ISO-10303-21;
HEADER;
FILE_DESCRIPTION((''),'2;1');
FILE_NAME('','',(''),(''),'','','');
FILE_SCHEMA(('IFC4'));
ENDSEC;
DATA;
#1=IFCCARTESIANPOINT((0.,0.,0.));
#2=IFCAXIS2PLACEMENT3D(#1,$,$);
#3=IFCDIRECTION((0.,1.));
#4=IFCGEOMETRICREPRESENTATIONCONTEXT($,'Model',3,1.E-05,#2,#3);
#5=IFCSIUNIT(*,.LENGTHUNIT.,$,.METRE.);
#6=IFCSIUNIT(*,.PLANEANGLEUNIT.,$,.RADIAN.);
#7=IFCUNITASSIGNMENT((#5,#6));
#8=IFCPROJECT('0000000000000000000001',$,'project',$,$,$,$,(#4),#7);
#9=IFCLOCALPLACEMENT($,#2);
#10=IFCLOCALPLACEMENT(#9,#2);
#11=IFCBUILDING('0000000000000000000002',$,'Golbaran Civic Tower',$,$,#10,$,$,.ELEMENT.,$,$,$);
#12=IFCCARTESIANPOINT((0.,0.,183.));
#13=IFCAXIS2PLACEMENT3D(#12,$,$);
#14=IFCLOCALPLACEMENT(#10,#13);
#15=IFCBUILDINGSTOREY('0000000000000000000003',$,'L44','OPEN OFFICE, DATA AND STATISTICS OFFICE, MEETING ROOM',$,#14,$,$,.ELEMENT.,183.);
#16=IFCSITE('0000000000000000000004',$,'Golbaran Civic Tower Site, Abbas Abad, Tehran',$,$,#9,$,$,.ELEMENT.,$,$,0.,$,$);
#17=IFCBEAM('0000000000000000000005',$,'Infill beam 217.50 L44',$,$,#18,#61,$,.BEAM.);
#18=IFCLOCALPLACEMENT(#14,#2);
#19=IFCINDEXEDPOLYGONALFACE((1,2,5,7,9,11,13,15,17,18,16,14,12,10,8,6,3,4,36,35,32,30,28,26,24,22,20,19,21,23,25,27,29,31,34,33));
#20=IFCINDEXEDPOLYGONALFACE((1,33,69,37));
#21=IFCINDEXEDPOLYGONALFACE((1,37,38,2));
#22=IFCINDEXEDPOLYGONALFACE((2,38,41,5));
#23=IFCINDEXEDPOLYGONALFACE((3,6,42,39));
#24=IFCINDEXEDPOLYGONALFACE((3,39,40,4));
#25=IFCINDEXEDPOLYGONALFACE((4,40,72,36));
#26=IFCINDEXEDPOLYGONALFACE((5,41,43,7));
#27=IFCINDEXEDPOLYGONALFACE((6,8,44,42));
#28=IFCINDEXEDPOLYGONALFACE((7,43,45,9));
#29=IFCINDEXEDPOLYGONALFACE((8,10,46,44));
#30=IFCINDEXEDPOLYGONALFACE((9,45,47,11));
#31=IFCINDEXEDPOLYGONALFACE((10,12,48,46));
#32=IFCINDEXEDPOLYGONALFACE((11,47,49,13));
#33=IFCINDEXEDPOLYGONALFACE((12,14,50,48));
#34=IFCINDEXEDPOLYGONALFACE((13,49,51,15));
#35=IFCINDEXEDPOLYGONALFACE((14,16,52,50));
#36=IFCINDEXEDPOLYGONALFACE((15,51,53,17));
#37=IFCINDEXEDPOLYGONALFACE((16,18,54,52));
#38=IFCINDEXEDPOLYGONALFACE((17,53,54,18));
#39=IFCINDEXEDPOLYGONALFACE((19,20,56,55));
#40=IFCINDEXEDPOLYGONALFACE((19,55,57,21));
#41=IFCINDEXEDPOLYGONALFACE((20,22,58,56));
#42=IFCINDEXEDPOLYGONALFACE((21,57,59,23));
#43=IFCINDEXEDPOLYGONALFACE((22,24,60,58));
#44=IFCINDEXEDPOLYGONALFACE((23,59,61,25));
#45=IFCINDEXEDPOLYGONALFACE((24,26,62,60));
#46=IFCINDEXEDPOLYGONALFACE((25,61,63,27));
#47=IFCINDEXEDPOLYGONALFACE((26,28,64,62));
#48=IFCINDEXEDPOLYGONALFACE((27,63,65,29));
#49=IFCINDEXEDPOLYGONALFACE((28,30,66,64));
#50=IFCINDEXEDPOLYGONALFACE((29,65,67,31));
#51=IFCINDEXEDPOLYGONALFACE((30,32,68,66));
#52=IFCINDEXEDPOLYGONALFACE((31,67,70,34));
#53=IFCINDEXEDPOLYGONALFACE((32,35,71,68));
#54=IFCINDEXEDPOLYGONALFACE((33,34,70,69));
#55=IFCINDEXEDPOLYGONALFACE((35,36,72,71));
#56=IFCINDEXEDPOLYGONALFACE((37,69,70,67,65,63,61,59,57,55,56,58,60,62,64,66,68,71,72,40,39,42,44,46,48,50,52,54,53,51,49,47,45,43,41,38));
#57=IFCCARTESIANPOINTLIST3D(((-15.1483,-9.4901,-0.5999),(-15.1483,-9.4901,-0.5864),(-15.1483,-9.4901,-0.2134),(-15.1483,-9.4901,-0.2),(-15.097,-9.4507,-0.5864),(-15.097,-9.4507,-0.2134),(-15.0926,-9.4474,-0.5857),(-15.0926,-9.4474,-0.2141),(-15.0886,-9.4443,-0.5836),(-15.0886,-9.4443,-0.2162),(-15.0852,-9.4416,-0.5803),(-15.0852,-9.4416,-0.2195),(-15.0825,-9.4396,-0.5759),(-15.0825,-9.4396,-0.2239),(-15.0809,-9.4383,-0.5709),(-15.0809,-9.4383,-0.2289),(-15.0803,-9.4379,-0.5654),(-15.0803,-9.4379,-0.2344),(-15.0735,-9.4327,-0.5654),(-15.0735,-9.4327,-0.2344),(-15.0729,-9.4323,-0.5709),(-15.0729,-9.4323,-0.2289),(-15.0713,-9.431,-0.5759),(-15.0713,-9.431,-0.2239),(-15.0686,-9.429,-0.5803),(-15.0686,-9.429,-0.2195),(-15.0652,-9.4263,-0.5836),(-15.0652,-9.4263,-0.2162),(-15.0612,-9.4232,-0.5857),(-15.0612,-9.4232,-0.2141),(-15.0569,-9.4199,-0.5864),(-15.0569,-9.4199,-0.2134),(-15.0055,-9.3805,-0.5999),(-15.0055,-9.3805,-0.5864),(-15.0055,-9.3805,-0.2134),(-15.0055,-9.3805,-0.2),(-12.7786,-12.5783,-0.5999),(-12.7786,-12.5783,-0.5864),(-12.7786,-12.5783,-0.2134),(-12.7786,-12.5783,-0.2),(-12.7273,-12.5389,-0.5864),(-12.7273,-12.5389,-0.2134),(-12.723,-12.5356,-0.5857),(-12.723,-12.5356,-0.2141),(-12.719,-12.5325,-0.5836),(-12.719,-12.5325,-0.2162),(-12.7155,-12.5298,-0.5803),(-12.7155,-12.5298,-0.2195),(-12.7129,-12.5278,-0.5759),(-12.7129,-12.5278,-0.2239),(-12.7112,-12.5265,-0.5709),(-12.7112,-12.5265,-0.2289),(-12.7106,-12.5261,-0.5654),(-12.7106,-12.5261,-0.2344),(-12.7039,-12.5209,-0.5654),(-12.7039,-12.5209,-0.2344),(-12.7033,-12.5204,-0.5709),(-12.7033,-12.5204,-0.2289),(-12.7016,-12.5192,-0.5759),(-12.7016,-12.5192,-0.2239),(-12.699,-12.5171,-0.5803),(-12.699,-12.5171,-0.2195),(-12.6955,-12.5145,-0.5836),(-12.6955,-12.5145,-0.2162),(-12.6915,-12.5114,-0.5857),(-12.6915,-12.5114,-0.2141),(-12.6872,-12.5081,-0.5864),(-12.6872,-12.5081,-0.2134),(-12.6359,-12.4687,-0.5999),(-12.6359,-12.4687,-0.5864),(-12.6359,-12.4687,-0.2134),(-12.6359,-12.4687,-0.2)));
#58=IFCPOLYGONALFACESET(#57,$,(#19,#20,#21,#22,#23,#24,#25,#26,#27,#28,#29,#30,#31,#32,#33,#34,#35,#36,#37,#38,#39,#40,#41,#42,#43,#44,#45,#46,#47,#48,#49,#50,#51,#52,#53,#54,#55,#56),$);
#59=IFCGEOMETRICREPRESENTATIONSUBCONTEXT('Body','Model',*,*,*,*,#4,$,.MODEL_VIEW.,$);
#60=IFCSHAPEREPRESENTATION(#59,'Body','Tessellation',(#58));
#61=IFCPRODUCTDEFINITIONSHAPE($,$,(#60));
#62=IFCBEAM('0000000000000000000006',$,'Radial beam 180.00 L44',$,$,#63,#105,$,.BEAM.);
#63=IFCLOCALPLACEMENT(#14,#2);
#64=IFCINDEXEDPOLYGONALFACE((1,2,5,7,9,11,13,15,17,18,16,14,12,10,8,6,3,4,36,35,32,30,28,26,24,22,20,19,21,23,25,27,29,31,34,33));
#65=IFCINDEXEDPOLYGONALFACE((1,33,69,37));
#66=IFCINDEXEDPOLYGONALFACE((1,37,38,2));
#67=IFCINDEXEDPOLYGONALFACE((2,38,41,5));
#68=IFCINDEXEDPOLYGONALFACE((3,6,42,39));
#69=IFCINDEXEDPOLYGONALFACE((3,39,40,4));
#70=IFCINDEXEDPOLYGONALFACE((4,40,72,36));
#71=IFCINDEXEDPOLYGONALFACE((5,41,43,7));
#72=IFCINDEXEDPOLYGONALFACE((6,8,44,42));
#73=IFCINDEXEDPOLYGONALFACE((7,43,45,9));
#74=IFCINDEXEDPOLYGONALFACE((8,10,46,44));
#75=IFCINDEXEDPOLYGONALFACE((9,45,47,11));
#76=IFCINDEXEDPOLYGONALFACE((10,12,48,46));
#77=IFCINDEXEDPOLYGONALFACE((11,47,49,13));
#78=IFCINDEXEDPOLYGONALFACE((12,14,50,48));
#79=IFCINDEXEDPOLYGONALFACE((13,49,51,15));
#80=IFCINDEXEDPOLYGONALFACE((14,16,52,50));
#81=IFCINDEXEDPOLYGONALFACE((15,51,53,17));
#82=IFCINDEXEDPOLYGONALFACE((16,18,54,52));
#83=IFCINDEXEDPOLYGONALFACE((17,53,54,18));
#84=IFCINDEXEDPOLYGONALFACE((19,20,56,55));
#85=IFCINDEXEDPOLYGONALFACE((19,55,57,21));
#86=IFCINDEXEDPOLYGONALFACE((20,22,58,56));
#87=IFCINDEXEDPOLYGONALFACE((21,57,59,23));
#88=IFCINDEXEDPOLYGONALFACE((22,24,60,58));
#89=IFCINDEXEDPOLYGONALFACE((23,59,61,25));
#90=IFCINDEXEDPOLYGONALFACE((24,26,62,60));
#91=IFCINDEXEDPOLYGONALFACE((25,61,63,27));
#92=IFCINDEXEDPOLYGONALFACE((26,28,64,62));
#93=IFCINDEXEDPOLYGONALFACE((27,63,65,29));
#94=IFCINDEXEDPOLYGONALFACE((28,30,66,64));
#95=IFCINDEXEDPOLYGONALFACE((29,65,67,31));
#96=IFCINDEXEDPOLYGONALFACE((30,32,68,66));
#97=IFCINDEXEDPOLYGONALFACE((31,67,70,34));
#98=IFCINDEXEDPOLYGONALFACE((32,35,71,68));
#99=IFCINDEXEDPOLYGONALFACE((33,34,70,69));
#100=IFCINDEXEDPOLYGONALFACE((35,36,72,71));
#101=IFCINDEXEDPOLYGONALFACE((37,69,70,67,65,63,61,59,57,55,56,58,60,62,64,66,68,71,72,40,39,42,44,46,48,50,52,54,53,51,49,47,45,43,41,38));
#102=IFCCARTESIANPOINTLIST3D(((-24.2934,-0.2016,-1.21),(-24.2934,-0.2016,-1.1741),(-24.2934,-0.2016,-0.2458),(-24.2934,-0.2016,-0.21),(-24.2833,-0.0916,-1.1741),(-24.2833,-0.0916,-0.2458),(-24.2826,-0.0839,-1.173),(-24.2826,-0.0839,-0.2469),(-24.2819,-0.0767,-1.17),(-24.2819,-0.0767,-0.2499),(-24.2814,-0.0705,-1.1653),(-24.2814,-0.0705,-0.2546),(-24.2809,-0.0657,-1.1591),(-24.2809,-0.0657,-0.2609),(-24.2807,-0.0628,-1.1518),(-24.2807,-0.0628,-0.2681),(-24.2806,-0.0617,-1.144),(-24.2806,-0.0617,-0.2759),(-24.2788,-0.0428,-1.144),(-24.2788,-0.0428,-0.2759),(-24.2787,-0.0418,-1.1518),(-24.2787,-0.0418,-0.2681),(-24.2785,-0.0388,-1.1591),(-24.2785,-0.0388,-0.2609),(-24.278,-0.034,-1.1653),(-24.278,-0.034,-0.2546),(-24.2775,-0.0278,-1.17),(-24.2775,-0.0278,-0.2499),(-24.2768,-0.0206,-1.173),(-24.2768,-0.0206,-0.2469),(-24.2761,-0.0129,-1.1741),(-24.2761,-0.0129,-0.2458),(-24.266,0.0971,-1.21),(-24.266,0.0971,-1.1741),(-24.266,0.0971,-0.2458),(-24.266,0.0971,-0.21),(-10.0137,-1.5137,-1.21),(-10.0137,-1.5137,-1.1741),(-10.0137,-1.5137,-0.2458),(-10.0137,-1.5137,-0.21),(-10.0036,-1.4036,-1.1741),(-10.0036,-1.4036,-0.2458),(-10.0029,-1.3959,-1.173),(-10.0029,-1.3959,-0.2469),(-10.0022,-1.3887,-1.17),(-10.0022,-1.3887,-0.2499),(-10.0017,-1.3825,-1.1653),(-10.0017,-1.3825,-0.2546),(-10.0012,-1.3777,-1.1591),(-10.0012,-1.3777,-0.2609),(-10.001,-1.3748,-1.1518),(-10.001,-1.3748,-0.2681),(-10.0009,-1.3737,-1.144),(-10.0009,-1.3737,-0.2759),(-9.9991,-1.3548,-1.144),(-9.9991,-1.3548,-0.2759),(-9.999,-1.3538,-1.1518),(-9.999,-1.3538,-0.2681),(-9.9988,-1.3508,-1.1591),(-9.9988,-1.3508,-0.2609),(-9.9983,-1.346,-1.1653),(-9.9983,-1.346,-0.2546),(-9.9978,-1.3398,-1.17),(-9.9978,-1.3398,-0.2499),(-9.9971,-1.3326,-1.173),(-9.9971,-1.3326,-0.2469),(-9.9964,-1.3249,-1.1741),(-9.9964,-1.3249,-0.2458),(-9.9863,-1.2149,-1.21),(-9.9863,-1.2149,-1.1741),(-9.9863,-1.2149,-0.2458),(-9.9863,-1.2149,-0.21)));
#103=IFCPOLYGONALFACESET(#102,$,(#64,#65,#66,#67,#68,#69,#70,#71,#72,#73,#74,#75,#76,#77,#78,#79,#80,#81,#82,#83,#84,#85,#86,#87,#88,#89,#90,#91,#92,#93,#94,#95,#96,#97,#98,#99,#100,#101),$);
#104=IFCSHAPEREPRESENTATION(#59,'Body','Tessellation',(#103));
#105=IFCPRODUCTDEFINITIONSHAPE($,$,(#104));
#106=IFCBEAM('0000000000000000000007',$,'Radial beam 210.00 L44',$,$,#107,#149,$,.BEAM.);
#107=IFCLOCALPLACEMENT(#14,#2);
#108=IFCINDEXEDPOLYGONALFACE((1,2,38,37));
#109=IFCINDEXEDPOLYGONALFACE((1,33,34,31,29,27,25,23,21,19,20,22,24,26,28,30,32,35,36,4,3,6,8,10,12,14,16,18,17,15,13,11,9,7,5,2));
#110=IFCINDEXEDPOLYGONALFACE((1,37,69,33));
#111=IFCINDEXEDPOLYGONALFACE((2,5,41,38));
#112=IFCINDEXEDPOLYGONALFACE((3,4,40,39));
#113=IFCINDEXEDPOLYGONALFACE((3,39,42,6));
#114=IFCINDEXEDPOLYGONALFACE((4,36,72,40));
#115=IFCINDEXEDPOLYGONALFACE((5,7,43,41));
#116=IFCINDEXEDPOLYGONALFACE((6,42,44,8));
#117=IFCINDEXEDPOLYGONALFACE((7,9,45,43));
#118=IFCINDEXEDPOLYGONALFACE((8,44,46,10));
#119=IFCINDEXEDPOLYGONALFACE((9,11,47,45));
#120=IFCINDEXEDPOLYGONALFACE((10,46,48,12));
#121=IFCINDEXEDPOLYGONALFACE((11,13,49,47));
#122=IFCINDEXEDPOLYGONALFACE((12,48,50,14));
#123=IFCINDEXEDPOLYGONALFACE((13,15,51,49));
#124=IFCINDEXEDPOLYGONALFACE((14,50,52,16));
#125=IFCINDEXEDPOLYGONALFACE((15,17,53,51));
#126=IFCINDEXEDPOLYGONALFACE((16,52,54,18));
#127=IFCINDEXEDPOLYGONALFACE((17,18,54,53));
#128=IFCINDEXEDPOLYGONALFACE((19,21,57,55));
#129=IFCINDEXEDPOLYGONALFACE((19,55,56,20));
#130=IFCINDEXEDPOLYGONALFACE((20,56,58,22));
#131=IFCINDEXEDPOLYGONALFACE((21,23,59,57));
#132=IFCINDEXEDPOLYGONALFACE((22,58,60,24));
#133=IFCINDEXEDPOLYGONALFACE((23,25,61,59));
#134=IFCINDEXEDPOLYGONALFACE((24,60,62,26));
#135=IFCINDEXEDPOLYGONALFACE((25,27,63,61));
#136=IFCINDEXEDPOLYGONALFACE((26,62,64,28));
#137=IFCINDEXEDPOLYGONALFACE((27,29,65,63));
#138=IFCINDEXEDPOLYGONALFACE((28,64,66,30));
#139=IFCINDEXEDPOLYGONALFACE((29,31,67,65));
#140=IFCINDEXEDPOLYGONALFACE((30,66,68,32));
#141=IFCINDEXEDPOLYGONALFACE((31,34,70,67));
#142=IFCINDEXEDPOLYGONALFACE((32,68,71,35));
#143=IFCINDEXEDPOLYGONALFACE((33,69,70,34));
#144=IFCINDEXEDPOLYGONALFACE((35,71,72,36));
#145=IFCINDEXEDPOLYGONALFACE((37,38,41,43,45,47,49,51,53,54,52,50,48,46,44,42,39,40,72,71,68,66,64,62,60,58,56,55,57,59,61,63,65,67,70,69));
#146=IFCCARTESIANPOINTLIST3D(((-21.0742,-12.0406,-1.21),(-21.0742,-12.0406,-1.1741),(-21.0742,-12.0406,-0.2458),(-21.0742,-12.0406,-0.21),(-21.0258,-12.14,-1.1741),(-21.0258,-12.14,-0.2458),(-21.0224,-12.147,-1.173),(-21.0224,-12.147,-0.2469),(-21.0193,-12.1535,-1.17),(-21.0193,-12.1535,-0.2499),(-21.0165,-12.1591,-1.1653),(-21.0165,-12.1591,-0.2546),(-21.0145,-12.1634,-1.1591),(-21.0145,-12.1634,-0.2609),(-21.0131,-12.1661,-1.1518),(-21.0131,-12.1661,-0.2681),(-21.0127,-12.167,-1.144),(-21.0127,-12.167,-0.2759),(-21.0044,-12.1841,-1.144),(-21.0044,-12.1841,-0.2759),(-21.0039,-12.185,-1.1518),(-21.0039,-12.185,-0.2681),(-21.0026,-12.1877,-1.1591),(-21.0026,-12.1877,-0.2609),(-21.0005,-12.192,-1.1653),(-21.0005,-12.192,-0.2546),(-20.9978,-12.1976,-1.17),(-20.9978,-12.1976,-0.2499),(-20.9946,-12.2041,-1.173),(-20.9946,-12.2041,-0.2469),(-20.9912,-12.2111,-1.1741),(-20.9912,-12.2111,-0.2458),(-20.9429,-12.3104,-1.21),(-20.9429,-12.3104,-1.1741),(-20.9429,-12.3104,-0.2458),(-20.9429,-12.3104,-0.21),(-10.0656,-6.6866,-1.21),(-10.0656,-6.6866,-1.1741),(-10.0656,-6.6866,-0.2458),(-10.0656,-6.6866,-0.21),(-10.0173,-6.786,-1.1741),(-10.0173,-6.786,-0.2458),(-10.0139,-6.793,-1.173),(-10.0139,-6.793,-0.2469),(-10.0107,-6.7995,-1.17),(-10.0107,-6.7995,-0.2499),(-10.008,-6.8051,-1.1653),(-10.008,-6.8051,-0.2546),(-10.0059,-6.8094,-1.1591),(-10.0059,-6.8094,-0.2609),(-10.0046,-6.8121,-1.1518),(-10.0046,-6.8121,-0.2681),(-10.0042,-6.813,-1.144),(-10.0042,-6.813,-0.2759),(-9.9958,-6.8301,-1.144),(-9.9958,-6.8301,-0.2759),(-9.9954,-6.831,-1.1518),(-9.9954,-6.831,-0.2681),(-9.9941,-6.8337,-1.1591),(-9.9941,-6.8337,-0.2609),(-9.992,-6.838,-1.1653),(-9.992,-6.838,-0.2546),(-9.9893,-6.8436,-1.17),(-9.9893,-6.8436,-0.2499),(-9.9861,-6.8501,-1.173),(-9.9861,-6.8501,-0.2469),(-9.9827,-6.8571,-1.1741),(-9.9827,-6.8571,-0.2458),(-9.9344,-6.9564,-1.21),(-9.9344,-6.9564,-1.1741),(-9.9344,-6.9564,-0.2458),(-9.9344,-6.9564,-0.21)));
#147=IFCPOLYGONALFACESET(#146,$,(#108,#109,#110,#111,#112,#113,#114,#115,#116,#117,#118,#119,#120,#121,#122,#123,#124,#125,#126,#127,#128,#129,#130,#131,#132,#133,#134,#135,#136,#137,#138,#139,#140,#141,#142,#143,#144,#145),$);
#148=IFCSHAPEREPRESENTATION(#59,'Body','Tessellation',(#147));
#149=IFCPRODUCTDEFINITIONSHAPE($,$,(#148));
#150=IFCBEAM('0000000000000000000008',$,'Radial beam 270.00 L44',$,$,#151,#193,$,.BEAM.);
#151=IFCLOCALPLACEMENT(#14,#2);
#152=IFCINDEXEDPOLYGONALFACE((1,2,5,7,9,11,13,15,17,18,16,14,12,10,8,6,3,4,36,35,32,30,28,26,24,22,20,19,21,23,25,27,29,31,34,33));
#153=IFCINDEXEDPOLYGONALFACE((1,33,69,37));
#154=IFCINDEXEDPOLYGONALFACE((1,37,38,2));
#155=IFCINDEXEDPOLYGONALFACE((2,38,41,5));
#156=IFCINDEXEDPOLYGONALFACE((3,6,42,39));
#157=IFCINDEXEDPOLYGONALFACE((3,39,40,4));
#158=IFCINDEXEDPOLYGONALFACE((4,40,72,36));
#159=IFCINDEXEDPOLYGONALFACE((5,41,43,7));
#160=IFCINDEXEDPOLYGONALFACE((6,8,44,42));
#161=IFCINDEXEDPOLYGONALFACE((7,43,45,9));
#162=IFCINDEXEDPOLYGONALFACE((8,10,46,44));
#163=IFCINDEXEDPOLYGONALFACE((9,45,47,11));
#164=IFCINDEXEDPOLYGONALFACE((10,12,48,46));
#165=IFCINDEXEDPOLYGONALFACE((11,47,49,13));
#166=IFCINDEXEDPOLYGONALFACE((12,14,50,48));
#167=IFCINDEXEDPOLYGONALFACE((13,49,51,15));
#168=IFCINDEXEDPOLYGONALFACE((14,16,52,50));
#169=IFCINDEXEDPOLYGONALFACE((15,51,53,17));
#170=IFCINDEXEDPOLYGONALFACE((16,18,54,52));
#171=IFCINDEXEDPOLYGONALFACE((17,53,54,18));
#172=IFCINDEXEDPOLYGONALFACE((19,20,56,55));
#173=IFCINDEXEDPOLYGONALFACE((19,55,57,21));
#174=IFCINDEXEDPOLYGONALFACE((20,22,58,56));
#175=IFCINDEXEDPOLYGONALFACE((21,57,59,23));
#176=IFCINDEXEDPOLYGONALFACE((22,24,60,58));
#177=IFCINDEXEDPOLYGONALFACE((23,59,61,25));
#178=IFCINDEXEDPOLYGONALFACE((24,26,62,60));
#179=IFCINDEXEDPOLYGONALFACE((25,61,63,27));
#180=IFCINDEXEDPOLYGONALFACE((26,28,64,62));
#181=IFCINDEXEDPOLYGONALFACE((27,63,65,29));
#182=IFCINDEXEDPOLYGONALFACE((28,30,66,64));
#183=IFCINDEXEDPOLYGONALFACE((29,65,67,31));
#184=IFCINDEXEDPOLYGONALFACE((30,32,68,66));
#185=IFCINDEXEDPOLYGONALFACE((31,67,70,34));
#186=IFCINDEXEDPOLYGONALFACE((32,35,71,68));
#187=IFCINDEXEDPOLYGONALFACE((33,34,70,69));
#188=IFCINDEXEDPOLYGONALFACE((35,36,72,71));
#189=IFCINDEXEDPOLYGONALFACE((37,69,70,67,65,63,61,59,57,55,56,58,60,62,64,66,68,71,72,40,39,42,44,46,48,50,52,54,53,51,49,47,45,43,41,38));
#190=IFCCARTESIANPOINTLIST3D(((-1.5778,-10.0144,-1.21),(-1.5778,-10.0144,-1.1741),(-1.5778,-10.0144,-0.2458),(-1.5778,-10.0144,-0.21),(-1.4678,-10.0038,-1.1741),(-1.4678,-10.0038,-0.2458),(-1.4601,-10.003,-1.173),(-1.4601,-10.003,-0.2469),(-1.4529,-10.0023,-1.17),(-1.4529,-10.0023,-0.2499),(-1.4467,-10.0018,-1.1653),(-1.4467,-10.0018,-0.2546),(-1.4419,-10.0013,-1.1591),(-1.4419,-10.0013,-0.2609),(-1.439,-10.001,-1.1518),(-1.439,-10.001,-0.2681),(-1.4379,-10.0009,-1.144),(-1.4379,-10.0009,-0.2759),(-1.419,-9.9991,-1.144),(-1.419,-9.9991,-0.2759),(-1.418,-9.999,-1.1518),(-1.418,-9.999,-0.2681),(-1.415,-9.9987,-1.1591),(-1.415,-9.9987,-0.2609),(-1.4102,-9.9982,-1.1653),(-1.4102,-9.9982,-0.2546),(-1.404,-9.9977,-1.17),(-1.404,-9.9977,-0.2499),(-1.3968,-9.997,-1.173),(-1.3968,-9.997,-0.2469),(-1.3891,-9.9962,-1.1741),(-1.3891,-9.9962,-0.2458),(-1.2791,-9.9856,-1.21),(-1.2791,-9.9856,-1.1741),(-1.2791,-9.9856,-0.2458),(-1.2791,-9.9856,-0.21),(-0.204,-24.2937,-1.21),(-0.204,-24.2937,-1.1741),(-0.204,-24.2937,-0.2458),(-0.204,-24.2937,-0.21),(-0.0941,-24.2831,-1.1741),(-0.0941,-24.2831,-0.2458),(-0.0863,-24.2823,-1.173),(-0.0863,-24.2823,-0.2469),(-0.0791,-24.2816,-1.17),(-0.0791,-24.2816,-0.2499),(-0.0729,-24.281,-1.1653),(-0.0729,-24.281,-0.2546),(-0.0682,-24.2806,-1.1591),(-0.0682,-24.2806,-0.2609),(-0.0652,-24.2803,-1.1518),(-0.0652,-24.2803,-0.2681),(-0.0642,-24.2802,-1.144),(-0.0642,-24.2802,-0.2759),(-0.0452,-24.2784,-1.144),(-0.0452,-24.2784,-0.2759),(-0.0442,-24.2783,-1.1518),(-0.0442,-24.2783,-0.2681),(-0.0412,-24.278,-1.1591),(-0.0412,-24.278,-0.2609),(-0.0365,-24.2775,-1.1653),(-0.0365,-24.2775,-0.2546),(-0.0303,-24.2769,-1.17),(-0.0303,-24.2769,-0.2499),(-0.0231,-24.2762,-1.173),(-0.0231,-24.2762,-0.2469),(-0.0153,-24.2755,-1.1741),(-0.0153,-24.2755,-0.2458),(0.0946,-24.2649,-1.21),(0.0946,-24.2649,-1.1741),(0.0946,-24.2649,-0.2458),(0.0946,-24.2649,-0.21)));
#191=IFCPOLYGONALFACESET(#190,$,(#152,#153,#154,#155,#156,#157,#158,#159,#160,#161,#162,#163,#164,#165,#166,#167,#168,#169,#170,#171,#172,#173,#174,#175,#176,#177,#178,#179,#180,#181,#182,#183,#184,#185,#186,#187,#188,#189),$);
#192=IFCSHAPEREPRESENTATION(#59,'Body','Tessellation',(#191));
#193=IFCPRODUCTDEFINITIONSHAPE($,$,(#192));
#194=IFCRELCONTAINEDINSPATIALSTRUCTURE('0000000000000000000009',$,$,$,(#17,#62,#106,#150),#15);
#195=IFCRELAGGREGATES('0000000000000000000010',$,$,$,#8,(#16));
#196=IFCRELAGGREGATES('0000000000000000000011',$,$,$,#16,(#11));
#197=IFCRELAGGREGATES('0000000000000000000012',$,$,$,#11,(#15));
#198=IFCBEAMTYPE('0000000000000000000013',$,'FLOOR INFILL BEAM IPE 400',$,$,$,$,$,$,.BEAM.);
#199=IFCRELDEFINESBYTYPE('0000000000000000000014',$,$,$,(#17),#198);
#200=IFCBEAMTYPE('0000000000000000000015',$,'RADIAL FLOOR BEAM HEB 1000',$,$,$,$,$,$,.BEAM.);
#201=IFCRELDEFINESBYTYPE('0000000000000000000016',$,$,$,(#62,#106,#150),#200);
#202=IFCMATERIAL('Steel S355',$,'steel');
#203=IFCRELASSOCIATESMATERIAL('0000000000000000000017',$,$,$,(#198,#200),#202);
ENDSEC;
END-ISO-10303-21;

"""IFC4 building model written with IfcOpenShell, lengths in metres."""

from ifc_helpers import new_model, si_unit, direction, frame, origin, origin_2d, place, context, subcontext, project, spatial, i_section, extrude, material, material_profile, profile_set, type_object, element, save


model = new_model("IFC4")

# Units and contexts
model_context = context("Model", 3, precision=1e-05, world=origin(), true_north=direction((0.0, 1.0)))
body_context = subcontext(model_context, "Body", "Model", "MODEL_VIEW")
ifc_project = project(units=[si_unit("LENGTHUNIT", "METRE"), si_unit("PLANEANGLEUNIT", "RADIAN")], contexts=[model_context])

# Site, building, storey
site_placement = place(None, origin())
site = spatial("IfcSite", under=ifc_project, at=site_placement, Name="Golbaran Civic Tower Site, Abbas Abad, Tehran", CompositionType="ELEMENT", RefElevation=0.0)
building_placement = place(site_placement, origin())
building = spatial("IfcBuilding", under=site, at=building_placement, Name="Golbaran Civic Tower", CompositionType="ELEMENT")
storey_placement = place(building_placement, frame((0.0, 0.0, 183.0)))
storey = spatial("IfcBuildingStorey", under=building, at=storey_placement, Name="L44", Description="OPEN OFFICE, DATA AND STATISTICS OFFICE, MEETING ROOM", CompositionType="ELEMENT", Elevation=183.0)

# Beams
ifc_material_1 = material(Name="Steel S355", Category="steel")
ifc_material_profile_1 = material_profile(ifc_material_1, i_section(OverallWidth=0.1799, OverallDepth=0.3999, WebThickness=0.0085, FlangeThickness=0.0134, FilletRadius=0.021, at=origin_2d()), Name="IPE 400")
ifc_profile_set_1 = profile_set([ifc_material_profile_1], Name="Steel S355")
beam_type_1 = type_object("IfcBeamType", Name="FLOOR INFILL BEAM IPE 400", PredefinedType="BEAM", material=ifc_profile_set_1)
beam_1_placement = place(storey_placement, frame((-15.0769, -9.4353, -0.3999), z_axis=(0.608765, -0.793351, 0.0), x_axis=(0.793351, 0.608765, 0.0)))
element("IfcBeam", 1, at=beam_1_placement, inside=storey, type_object=beam_type_1, Name="Infill beam 217.50 L44", PredefinedType="BEAM", context=body_context, shape_type="SweptSolid", body=[
    extrude(i_section(OverallWidth=0.1799, OverallDepth=0.3999, WebThickness=0.0085, FlangeThickness=0.0134, FilletRadius=0.021, at=origin_2d()), origin(), (0.0, 0.0, 1.0), 3.8926),
])
ifc_material_profile_2 = material_profile(ifc_material_1, i_section(OverallWidth=0.3, OverallDepth=1.0, WebThickness=0.019, FlangeThickness=0.0359, FilletRadius=0.03, at=origin_2d()), Name="HEB 1000")
ifc_profile_set_2 = profile_set([ifc_material_profile_2], Name="Steel S355")
beam_type_2 = type_object("IfcBeamType", Name="RADIAL FLOOR BEAM HEB 1000", PredefinedType="BEAM", material=ifc_profile_set_2)
beam_2_placement = place(storey_placement, frame((-10.0, -1.3643, -0.71), z_axis=(-0.995806, 0.091494, 0.0), x_axis=(-0.091494, -0.995806, 0.0)))
element("IfcBeam", 2, at=beam_2_placement, inside=storey, type_object=beam_type_2, Name="Radial beam 180.00 L44", PredefinedType="BEAM", context=body_context, shape_type="SweptSolid", body=[
    extrude(i_section(OverallWidth=0.3, OverallDepth=1.0, WebThickness=0.019, FlangeThickness=0.0359, FilletRadius=0.03, at=origin_2d()), origin(), (0.0, 0.0, 1.0), 14.3398),
])
beam_3_placement = place(storey_placement, frame((-10.0, -6.8215, -0.71), z_axis=(-0.899283, -0.437366, 0.0), x_axis=(0.437366, -0.899283, 0.0)))
element("IfcBeam", 3, at=beam_3_placement, inside=storey, type_object=beam_type_2, Name="Radial beam 210.00 L44", PredefinedType="BEAM", context=body_context, shape_type="SweptSolid", body=[
    extrude(i_section(OverallWidth=0.3, OverallDepth=1.0, WebThickness=0.019, FlangeThickness=0.0359, FilletRadius=0.03, at=origin_2d()), origin(), (0.0, 0.0, 1.0), 12.2415),
])
beam_4_placement = place(storey_placement, frame((-1.4285, -10.0, -0.71), z_axis=(0.095766, -0.995404, 0.0), x_axis=(0.995404, 0.095766, 0.0)))
element("IfcBeam", 4, at=beam_4_placement, inside=storey, type_object=beam_type_2, Name="Radial beam 270.00 L44", PredefinedType="BEAM", context=body_context, shape_type="SweptSolid", body=[
    extrude(i_section(OverallWidth=0.3, OverallDepth=1.0, WebThickness=0.019, FlangeThickness=0.0359, FilletRadius=0.03, at=origin_2d()), origin(), (0.0, 0.0, 1.0), 14.3452),
])

save(model, "model.ifc")
